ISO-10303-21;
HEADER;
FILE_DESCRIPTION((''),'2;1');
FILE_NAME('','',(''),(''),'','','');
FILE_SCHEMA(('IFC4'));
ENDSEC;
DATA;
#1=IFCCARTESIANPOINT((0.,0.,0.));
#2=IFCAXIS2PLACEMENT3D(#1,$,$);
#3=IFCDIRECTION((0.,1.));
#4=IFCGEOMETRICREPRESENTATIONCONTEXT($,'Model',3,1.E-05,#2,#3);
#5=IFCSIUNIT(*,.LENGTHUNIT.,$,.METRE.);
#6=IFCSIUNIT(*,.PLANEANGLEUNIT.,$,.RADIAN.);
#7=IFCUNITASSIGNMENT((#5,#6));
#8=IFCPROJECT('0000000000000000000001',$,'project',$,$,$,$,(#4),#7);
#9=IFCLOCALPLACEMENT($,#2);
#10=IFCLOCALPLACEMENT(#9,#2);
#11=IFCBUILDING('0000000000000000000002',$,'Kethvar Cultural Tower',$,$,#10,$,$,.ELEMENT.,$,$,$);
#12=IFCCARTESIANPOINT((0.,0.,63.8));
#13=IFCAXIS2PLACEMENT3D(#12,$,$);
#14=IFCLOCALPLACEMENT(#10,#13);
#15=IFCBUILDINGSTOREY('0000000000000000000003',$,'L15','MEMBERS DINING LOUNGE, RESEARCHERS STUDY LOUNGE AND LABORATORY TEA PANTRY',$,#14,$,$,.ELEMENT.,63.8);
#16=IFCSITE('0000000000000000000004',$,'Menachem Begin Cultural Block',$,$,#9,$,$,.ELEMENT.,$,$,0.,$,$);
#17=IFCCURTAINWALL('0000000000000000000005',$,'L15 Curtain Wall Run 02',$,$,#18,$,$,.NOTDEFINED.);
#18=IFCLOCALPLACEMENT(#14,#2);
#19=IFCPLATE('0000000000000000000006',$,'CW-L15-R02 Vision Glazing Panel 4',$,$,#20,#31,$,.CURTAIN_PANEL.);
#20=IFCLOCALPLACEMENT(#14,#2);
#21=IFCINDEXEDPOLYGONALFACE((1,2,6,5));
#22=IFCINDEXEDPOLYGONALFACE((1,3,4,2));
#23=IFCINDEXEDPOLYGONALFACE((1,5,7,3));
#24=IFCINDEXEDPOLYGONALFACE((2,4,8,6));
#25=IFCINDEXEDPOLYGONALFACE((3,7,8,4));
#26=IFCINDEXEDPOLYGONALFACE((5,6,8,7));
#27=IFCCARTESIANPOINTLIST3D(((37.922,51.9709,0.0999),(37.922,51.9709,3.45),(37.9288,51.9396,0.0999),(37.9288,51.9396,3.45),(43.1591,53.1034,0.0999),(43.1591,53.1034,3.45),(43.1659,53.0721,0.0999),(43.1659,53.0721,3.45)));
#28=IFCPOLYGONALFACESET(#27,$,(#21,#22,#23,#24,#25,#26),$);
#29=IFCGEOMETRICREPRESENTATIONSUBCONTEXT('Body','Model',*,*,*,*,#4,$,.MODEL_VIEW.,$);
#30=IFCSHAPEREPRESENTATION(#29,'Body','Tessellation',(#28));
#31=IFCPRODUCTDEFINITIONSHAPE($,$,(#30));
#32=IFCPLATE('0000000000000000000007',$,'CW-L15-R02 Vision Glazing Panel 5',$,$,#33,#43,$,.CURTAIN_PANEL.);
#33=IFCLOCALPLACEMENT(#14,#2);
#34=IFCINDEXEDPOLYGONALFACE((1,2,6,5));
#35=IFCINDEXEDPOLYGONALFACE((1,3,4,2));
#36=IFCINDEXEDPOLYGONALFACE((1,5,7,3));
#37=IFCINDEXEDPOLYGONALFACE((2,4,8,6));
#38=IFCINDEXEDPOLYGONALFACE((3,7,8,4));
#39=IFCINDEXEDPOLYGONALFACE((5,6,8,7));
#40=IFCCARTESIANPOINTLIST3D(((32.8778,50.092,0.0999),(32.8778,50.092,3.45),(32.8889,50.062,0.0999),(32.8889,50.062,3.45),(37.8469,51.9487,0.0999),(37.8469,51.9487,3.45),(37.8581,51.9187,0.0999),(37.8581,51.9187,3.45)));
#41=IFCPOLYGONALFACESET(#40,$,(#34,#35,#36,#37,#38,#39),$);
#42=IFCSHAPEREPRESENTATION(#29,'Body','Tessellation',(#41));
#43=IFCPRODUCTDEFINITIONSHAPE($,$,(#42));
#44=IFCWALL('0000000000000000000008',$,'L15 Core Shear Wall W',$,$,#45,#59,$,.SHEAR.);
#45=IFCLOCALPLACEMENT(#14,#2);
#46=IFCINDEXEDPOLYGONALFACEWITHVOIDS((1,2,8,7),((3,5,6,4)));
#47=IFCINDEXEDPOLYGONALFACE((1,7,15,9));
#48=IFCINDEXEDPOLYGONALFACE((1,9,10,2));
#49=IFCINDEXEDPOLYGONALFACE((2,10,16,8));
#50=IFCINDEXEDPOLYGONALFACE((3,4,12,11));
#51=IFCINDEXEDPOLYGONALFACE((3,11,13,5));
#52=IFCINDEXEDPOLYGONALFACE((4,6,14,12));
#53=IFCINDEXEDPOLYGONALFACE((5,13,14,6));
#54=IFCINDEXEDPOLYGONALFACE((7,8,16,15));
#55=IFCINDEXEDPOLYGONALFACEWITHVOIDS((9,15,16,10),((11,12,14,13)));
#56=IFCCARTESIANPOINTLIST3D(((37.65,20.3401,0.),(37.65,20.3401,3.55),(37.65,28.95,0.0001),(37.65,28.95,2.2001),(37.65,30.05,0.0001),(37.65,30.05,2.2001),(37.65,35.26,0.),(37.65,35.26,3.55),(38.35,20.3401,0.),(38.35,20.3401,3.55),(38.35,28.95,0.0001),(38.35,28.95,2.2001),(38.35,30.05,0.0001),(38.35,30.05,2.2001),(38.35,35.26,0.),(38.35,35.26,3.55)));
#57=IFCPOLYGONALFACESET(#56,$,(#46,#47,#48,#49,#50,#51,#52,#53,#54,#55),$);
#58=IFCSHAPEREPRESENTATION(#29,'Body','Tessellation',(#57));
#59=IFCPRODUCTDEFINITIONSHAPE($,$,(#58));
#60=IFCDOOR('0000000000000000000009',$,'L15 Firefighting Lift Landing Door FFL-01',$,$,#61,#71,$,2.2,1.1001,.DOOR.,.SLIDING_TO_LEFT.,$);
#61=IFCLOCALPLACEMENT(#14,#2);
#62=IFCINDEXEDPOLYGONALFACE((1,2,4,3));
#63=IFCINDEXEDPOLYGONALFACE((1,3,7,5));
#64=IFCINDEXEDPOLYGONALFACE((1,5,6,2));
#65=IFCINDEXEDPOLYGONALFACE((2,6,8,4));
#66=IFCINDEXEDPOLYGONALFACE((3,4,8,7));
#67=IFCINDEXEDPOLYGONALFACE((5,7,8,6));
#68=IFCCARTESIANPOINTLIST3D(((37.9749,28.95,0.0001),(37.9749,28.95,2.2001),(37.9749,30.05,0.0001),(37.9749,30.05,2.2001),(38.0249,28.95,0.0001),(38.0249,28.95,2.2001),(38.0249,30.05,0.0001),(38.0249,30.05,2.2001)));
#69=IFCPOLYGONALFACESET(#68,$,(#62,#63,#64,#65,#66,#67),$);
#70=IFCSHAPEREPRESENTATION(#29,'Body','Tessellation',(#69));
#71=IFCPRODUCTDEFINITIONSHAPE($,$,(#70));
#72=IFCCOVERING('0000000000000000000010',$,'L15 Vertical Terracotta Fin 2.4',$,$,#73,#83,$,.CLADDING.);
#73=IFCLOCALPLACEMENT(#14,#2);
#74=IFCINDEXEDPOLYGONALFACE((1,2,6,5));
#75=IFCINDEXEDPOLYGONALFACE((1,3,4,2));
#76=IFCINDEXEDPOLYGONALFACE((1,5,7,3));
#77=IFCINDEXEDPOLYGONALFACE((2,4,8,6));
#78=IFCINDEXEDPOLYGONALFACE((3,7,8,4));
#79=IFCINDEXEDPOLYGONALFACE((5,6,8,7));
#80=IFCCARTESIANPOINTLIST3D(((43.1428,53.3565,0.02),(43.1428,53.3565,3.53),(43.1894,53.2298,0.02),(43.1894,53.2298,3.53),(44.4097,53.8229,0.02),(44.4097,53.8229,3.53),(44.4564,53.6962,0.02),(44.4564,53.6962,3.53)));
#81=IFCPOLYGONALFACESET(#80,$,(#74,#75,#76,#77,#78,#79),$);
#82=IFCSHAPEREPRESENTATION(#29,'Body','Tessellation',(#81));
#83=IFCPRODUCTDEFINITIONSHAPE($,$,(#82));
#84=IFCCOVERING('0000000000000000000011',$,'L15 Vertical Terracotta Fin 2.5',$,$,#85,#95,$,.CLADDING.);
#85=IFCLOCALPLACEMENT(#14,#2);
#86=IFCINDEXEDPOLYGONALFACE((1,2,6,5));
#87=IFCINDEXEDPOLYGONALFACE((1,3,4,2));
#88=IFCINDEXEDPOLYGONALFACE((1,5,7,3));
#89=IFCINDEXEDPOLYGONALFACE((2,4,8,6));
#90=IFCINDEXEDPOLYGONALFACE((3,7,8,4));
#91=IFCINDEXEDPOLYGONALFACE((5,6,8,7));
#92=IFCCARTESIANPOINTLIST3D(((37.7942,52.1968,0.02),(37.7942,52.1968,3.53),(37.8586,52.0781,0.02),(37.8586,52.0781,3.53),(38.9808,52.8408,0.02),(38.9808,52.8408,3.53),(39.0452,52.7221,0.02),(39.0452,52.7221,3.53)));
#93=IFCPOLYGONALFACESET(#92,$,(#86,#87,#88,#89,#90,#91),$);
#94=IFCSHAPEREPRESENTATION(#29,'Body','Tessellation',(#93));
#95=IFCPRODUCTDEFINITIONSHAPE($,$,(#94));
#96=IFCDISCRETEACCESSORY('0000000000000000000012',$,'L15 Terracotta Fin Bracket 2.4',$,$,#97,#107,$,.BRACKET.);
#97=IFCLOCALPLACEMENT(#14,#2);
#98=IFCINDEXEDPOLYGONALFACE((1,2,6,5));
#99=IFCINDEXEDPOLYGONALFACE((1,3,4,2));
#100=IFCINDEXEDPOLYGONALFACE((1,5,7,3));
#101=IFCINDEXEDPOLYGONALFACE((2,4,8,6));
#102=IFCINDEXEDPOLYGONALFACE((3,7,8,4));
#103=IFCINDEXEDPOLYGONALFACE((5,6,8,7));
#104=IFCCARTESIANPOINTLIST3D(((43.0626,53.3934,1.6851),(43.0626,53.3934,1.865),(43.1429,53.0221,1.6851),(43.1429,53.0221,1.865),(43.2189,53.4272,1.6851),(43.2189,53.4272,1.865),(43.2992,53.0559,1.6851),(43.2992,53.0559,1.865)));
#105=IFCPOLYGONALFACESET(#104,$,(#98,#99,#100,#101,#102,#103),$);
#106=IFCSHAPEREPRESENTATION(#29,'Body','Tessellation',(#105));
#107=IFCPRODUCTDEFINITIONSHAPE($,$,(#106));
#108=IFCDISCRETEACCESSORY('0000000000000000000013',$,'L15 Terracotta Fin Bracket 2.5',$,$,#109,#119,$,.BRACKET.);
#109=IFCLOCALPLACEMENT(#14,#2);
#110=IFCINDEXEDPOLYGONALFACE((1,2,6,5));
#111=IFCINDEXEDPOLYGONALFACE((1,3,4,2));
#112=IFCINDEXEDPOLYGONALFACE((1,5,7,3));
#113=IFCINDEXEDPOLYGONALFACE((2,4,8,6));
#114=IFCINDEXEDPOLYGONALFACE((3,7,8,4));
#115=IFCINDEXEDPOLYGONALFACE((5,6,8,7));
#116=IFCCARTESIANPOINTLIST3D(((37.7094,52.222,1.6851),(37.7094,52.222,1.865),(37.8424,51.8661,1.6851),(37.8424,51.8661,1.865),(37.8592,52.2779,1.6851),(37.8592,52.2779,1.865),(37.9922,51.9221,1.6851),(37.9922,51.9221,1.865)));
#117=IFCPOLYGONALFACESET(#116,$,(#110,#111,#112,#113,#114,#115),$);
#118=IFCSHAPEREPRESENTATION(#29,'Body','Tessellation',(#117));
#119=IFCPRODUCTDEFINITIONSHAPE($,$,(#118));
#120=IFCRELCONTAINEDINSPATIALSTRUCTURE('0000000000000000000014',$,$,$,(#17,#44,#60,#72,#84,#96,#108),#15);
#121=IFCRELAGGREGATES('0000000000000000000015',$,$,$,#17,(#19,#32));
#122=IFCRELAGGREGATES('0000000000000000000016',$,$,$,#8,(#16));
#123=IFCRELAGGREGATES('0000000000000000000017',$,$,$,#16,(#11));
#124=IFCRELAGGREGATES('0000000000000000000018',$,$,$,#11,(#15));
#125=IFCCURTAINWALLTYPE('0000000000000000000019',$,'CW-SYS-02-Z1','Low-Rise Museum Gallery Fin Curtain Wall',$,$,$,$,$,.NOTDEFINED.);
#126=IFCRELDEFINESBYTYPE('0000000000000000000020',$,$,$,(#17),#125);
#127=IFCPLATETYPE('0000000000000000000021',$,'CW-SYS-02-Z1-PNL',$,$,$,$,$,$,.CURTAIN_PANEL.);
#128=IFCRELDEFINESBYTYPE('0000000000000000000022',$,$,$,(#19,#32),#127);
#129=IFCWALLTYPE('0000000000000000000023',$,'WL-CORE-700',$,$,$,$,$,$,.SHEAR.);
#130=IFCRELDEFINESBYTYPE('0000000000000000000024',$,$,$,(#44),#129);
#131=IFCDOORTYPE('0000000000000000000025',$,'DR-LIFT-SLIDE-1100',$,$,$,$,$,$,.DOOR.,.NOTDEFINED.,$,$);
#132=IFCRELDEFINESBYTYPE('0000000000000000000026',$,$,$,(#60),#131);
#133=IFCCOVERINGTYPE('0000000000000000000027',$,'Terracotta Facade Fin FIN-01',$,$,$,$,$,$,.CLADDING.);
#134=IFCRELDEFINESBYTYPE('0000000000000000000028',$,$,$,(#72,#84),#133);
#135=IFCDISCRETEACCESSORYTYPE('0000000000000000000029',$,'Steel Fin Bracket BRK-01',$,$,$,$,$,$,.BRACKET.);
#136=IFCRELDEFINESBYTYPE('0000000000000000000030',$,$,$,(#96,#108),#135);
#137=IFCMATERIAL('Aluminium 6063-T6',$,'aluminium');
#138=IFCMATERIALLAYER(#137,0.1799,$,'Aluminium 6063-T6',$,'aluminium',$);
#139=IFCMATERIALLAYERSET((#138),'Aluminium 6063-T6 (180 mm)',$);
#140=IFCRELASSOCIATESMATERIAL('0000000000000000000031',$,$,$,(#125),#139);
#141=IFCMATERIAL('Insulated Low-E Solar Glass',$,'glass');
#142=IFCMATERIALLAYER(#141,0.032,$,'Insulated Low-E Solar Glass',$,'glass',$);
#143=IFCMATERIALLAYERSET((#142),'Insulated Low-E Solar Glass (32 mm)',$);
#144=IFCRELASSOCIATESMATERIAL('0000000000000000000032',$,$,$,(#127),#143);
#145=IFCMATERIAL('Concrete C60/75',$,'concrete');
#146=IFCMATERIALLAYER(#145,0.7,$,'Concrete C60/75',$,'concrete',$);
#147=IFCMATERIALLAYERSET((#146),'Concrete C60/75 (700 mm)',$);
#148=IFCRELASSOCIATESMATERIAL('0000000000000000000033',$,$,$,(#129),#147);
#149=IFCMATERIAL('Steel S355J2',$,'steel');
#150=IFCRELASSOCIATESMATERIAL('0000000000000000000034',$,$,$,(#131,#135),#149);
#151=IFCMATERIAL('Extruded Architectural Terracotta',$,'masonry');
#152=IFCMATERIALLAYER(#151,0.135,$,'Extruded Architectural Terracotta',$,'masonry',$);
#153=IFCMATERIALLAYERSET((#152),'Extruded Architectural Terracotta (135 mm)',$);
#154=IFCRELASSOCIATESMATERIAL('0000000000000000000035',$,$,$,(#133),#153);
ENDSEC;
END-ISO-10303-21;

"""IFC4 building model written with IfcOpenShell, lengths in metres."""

from ifc_helpers import new_model, si_unit, direction, frame, frame_2d, origin, origin_2d, place, context, subcontext, project, spatial, rectangle, extrude, source, transform, mapped, material, layer, layer_set, type_object, element, fill, aggregate, save


model = new_model("IFC4")

# Units and contexts
model_context = context("Model", 3, precision=1e-05, world=origin(), true_north=direction((0.0, 1.0)))
body_context = subcontext(model_context, "Body", "Model", "MODEL_VIEW")
ifc_project = project(units=[si_unit("LENGTHUNIT", "METRE"), si_unit("PLANEANGLEUNIT", "RADIAN")], contexts=[model_context])

# Site, building, storey
site_placement = place(None, origin())
site = spatial("IfcSite", under=ifc_project, at=site_placement, Name="Menachem Begin Cultural Block", CompositionType="ELEMENT", RefElevation=0.0)
building_placement = place(site_placement, origin())
building = spatial("IfcBuilding", under=site, at=building_placement, Name="Kethvar Cultural Tower", CompositionType="ELEMENT")
storey_placement = place(building_placement, frame((0.0, 0.0, 63.8)))
storey = spatial("IfcBuildingStorey", under=building, at=storey_placement, Name="L15", Description="MEMBERS DINING LOUNGE, RESEARCHERS STUDY LOUNGE AND LABORATORY TEA PANTRY", CompositionType="ELEMENT", Elevation=63.8)

# Shared definitions
ifc_material_1 = material(Name="Steel S355J2", Category="steel")

# Curtain wall, plates
ifc_material_2 = material(Name="Aluminium 6063-T6", Category="aluminium")
ifc_layer_1 = layer(ifc_material_2, 0.1799, Name="Aluminium 6063-T6", Category="aluminium")
ifc_layer_set_1 = layer_set([ifc_layer_1], Name="Aluminium 6063-T6 (180 mm)")
curtain_wall_type = type_object("IfcCurtainWallType", Name="CW-SYS-02-Z1", Description="Low-Rise Museum Gallery Fin Curtain Wall", PredefinedType="NOTDEFINED", material=ifc_layer_set_1)
curtain_wall_placement = place(storey_placement, origin())
curtain_wall = element("IfcCurtainWall", 1, at=curtain_wall_placement, inside=storey, type_object=curtain_wall_type, Name="L15 Curtain Wall Run 02", PredefinedType="NOTDEFINED")
ifc_material_3 = material(Name="Insulated Low-E Solar Glass", Category="glass")
ifc_layer_2 = layer(ifc_material_3, 0.032, Name="Insulated Low-E Solar Glass", Category="glass")
ifc_layer_set_2 = layer_set([ifc_layer_2], Name="Insulated Low-E Solar Glass (32 mm)")
plate_type = type_object("IfcPlateType", Name="CW-SYS-02-Z1-PNL", PredefinedType="CURTAIN_PANEL", material=ifc_layer_set_2)
shared_shape_1 = source(origin(), body_context, "Body", "SweptSolid", [
    extrude(rectangle(XDim=5.3582, YDim=0.032, at=origin_2d()), origin(), (0.0, 0.0, 1.0), 3.3501),
])
plate_1_placement = place(storey_placement, frame((40.5439, 52.5215, 0.0999), z_axis=(0.0, 0.0, 1.0), x_axis=(-0.977409, -0.211359, 0.0)))
plate_1 = element("IfcPlate", 2, at=plate_1_placement, type_object=plate_type, Name="CW-L15-R02 Vision Glazing Panel 4", PredefinedType="CURTAIN_PANEL", context=body_context, shape_type="MappedRepresentation", body=[
    mapped(shared_shape_1, transform((0.0, 0.0, 0.0), scale=1.0)),
])
shared_shape_2 = source(origin(), body_context, "Body", "SweptSolid", [
    extrude(rectangle(XDim=5.3047, YDim=0.032, at=origin_2d()), origin(), (0.0, 0.0, 1.0), 3.3501),
])
plate_2_placement = place(storey_placement, frame((35.3679, 51.0054, 0.0999), z_axis=(0.0, 0.0, 1.0), x_axis=(-0.936746, -0.350011, 0.0)))
plate_2 = element("IfcPlate", 3, at=plate_2_placement, type_object=plate_type, Name="CW-L15-R02 Vision Glazing Panel 5", PredefinedType="CURTAIN_PANEL", context=body_context, shape_type="MappedRepresentation", body=[
    mapped(shared_shape_2, transform((0.0, 0.0, 0.0), scale=1.0)),
])
aggregate(curtain_wall, [plate_1, plate_2])

# Wall, opening, door
ifc_material_4 = material(Name="Concrete C60/75", Category="concrete")
ifc_layer_3 = layer(ifc_material_4, 0.7, Name="Concrete C60/75", Category="concrete")
ifc_layer_set_3 = layer_set([ifc_layer_3], Name="Concrete C60/75 (700 mm)")
wall_type = type_object("IfcWallType", Name="WL-CORE-700", PredefinedType="SHEAR", material=ifc_layer_set_3)
wall_placement = place(storey_placement, frame((38.0, 35.26, 0.0), z_axis=(0.0, 0.0, 1.0), x_axis=(0.0, -1.0, 0.0)))
wall = element("IfcWall", 4, at=wall_placement, inside=storey, type_object=wall_type, Name="L15 Core Shear Wall W", PredefinedType="SHEAR", context=body_context, shape_type="SweptSolid", body=[
    extrude(rectangle(XDim=14.9199, YDim=0.7, at=frame_2d((7.46, 0.0))), origin(), (0.0, 0.0, 1.0), 3.55),
])
opening_placement = place(wall_placement, frame((5.21, 0.0, 0.0)))
opening = element("IfcOpeningElement", 5, at=opening_placement, cuts=wall, PredefinedType="OPENING", context=body_context, shape_type="SweptSolid", body=[
    extrude(rectangle(XDim=1.1001, YDim=2.2, at=frame_2d((0.55, 1.1001))), frame((0.0, 0.3599, 0.0), z_axis=(0.0, -1.0, 0.0), x_axis=(1.0, 0.0, 0.0)), (0.0, 0.0, 1.0), 0.72),
])
door_type = type_object("IfcDoorType", Name="DR-LIFT-SLIDE-1100", OperationType="NOTDEFINED", PredefinedType="DOOR", material=ifc_material_1)
shared_shape_3 = source(origin(), body_context, "Body", "SweptSolid", [
    extrude(rectangle(XDim=1.1001, YDim=2.2, at=frame_2d((0.55, 1.1001))), frame((0.0, 0.0249, 0.0), z_axis=(0.0, -1.0, 0.0), x_axis=(1.0, 0.0, 0.0)), (0.0, 0.0, 1.0), 0.05),
])
door_placement = place(opening_placement, origin())
door = element("IfcDoor", 6, at=door_placement, inside=storey, type_object=door_type, Name="L15 Firefighting Lift Landing Door FFL-01", OperationType="SLIDING_TO_LEFT", OverallHeight=2.2, OverallWidth=1.1001, PredefinedType="DOOR", context=body_context, shape_type="MappedRepresentation", body=[
    mapped(shared_shape_3, transform((0.0, 0.0, 0.0), scale=1.0)),
])
fill(opening, door)

# Coverings
ifc_material_5 = material(Name="Extruded Architectural Terracotta", Category="masonry")
ifc_layer_4 = layer(ifc_material_5, 0.135, Name="Extruded Architectural Terracotta", Category="masonry")
ifc_layer_set_4 = layer_set([ifc_layer_4], Name="Extruded Architectural Terracotta (135 mm)")
covering_type = type_object("IfcCoveringType", Name="Terracotta Facade Fin FIN-01", PredefinedType="CLADDING", material=ifc_layer_set_4)
shared_shape_4 = source(origin(), body_context, "Body", "SweptSolid", [
    extrude(rectangle(XDim=1.3501, YDim=0.135, at=origin_2d()), origin(), (0.0, 0.0, 1.0), 3.51),
])
for number, where, z_axis, x_axis, name in (
    (7, (43.7996, 53.5264, 0.02), (0.0, 0.0, 1.0), (0.938433, 0.345462, 0.0), "L15 Vertical Terracotta Fin 2.4"),
    (8, (38.4197, 52.4595, 0.02), (0.0, 0.0, 1.0), (0.8789, 0.477005, 0.0), "L15 Vertical Terracotta Fin 2.5"),
):
    element("IfcCovering", number, at=place(storey_placement, frame(where, z_axis=z_axis, x_axis=x_axis)), inside=storey, type_object=covering_type, Name=name, PredefinedType="CLADDING", context=body_context, shape_type="MappedRepresentation", body=[
        mapped(shared_shape_4, transform((0.0, 0.0, 0.0), scale=1.0)),
    ])

# Discrete accessories
discrete_accessory_type = type_object("IfcDiscreteAccessoryType", Name="Steel Fin Bracket BRK-01", PredefinedType="BRACKET", material=ifc_material_1)
shared_shape_5 = source(origin(), body_context, "Body", "SweptSolid", [
    extrude(rectangle(XDim=0.3799, YDim=0.1599, at=origin_2d()), origin(), (0.0, 0.0, 1.0), 0.1799),
])
for number, where, z_axis, x_axis, name in (
    (9, (43.1809, 53.2246, 1.6851), (0.0, 0.0, 1.0), (-0.211325, 0.977416, 0.0), "L15 Terracotta Fin Bracket 2.4"),
    (10, (37.8508, 52.072, 1.6851), (0.0, 0.0, 1.0), (-0.350044, 0.936733, 0.0), "L15 Terracotta Fin Bracket 2.5"),
):
    element("IfcDiscreteAccessory", number, at=place(storey_placement, frame(where, z_axis=z_axis, x_axis=x_axis)), inside=storey, type_object=discrete_accessory_type, Name=name, PredefinedType="BRACKET", context=body_context, shape_type="MappedRepresentation", body=[
        mapped(shared_shape_5, transform((0.0, 0.0, 0.0), scale=1.0)),
    ])

save(model, "model.ifc")
